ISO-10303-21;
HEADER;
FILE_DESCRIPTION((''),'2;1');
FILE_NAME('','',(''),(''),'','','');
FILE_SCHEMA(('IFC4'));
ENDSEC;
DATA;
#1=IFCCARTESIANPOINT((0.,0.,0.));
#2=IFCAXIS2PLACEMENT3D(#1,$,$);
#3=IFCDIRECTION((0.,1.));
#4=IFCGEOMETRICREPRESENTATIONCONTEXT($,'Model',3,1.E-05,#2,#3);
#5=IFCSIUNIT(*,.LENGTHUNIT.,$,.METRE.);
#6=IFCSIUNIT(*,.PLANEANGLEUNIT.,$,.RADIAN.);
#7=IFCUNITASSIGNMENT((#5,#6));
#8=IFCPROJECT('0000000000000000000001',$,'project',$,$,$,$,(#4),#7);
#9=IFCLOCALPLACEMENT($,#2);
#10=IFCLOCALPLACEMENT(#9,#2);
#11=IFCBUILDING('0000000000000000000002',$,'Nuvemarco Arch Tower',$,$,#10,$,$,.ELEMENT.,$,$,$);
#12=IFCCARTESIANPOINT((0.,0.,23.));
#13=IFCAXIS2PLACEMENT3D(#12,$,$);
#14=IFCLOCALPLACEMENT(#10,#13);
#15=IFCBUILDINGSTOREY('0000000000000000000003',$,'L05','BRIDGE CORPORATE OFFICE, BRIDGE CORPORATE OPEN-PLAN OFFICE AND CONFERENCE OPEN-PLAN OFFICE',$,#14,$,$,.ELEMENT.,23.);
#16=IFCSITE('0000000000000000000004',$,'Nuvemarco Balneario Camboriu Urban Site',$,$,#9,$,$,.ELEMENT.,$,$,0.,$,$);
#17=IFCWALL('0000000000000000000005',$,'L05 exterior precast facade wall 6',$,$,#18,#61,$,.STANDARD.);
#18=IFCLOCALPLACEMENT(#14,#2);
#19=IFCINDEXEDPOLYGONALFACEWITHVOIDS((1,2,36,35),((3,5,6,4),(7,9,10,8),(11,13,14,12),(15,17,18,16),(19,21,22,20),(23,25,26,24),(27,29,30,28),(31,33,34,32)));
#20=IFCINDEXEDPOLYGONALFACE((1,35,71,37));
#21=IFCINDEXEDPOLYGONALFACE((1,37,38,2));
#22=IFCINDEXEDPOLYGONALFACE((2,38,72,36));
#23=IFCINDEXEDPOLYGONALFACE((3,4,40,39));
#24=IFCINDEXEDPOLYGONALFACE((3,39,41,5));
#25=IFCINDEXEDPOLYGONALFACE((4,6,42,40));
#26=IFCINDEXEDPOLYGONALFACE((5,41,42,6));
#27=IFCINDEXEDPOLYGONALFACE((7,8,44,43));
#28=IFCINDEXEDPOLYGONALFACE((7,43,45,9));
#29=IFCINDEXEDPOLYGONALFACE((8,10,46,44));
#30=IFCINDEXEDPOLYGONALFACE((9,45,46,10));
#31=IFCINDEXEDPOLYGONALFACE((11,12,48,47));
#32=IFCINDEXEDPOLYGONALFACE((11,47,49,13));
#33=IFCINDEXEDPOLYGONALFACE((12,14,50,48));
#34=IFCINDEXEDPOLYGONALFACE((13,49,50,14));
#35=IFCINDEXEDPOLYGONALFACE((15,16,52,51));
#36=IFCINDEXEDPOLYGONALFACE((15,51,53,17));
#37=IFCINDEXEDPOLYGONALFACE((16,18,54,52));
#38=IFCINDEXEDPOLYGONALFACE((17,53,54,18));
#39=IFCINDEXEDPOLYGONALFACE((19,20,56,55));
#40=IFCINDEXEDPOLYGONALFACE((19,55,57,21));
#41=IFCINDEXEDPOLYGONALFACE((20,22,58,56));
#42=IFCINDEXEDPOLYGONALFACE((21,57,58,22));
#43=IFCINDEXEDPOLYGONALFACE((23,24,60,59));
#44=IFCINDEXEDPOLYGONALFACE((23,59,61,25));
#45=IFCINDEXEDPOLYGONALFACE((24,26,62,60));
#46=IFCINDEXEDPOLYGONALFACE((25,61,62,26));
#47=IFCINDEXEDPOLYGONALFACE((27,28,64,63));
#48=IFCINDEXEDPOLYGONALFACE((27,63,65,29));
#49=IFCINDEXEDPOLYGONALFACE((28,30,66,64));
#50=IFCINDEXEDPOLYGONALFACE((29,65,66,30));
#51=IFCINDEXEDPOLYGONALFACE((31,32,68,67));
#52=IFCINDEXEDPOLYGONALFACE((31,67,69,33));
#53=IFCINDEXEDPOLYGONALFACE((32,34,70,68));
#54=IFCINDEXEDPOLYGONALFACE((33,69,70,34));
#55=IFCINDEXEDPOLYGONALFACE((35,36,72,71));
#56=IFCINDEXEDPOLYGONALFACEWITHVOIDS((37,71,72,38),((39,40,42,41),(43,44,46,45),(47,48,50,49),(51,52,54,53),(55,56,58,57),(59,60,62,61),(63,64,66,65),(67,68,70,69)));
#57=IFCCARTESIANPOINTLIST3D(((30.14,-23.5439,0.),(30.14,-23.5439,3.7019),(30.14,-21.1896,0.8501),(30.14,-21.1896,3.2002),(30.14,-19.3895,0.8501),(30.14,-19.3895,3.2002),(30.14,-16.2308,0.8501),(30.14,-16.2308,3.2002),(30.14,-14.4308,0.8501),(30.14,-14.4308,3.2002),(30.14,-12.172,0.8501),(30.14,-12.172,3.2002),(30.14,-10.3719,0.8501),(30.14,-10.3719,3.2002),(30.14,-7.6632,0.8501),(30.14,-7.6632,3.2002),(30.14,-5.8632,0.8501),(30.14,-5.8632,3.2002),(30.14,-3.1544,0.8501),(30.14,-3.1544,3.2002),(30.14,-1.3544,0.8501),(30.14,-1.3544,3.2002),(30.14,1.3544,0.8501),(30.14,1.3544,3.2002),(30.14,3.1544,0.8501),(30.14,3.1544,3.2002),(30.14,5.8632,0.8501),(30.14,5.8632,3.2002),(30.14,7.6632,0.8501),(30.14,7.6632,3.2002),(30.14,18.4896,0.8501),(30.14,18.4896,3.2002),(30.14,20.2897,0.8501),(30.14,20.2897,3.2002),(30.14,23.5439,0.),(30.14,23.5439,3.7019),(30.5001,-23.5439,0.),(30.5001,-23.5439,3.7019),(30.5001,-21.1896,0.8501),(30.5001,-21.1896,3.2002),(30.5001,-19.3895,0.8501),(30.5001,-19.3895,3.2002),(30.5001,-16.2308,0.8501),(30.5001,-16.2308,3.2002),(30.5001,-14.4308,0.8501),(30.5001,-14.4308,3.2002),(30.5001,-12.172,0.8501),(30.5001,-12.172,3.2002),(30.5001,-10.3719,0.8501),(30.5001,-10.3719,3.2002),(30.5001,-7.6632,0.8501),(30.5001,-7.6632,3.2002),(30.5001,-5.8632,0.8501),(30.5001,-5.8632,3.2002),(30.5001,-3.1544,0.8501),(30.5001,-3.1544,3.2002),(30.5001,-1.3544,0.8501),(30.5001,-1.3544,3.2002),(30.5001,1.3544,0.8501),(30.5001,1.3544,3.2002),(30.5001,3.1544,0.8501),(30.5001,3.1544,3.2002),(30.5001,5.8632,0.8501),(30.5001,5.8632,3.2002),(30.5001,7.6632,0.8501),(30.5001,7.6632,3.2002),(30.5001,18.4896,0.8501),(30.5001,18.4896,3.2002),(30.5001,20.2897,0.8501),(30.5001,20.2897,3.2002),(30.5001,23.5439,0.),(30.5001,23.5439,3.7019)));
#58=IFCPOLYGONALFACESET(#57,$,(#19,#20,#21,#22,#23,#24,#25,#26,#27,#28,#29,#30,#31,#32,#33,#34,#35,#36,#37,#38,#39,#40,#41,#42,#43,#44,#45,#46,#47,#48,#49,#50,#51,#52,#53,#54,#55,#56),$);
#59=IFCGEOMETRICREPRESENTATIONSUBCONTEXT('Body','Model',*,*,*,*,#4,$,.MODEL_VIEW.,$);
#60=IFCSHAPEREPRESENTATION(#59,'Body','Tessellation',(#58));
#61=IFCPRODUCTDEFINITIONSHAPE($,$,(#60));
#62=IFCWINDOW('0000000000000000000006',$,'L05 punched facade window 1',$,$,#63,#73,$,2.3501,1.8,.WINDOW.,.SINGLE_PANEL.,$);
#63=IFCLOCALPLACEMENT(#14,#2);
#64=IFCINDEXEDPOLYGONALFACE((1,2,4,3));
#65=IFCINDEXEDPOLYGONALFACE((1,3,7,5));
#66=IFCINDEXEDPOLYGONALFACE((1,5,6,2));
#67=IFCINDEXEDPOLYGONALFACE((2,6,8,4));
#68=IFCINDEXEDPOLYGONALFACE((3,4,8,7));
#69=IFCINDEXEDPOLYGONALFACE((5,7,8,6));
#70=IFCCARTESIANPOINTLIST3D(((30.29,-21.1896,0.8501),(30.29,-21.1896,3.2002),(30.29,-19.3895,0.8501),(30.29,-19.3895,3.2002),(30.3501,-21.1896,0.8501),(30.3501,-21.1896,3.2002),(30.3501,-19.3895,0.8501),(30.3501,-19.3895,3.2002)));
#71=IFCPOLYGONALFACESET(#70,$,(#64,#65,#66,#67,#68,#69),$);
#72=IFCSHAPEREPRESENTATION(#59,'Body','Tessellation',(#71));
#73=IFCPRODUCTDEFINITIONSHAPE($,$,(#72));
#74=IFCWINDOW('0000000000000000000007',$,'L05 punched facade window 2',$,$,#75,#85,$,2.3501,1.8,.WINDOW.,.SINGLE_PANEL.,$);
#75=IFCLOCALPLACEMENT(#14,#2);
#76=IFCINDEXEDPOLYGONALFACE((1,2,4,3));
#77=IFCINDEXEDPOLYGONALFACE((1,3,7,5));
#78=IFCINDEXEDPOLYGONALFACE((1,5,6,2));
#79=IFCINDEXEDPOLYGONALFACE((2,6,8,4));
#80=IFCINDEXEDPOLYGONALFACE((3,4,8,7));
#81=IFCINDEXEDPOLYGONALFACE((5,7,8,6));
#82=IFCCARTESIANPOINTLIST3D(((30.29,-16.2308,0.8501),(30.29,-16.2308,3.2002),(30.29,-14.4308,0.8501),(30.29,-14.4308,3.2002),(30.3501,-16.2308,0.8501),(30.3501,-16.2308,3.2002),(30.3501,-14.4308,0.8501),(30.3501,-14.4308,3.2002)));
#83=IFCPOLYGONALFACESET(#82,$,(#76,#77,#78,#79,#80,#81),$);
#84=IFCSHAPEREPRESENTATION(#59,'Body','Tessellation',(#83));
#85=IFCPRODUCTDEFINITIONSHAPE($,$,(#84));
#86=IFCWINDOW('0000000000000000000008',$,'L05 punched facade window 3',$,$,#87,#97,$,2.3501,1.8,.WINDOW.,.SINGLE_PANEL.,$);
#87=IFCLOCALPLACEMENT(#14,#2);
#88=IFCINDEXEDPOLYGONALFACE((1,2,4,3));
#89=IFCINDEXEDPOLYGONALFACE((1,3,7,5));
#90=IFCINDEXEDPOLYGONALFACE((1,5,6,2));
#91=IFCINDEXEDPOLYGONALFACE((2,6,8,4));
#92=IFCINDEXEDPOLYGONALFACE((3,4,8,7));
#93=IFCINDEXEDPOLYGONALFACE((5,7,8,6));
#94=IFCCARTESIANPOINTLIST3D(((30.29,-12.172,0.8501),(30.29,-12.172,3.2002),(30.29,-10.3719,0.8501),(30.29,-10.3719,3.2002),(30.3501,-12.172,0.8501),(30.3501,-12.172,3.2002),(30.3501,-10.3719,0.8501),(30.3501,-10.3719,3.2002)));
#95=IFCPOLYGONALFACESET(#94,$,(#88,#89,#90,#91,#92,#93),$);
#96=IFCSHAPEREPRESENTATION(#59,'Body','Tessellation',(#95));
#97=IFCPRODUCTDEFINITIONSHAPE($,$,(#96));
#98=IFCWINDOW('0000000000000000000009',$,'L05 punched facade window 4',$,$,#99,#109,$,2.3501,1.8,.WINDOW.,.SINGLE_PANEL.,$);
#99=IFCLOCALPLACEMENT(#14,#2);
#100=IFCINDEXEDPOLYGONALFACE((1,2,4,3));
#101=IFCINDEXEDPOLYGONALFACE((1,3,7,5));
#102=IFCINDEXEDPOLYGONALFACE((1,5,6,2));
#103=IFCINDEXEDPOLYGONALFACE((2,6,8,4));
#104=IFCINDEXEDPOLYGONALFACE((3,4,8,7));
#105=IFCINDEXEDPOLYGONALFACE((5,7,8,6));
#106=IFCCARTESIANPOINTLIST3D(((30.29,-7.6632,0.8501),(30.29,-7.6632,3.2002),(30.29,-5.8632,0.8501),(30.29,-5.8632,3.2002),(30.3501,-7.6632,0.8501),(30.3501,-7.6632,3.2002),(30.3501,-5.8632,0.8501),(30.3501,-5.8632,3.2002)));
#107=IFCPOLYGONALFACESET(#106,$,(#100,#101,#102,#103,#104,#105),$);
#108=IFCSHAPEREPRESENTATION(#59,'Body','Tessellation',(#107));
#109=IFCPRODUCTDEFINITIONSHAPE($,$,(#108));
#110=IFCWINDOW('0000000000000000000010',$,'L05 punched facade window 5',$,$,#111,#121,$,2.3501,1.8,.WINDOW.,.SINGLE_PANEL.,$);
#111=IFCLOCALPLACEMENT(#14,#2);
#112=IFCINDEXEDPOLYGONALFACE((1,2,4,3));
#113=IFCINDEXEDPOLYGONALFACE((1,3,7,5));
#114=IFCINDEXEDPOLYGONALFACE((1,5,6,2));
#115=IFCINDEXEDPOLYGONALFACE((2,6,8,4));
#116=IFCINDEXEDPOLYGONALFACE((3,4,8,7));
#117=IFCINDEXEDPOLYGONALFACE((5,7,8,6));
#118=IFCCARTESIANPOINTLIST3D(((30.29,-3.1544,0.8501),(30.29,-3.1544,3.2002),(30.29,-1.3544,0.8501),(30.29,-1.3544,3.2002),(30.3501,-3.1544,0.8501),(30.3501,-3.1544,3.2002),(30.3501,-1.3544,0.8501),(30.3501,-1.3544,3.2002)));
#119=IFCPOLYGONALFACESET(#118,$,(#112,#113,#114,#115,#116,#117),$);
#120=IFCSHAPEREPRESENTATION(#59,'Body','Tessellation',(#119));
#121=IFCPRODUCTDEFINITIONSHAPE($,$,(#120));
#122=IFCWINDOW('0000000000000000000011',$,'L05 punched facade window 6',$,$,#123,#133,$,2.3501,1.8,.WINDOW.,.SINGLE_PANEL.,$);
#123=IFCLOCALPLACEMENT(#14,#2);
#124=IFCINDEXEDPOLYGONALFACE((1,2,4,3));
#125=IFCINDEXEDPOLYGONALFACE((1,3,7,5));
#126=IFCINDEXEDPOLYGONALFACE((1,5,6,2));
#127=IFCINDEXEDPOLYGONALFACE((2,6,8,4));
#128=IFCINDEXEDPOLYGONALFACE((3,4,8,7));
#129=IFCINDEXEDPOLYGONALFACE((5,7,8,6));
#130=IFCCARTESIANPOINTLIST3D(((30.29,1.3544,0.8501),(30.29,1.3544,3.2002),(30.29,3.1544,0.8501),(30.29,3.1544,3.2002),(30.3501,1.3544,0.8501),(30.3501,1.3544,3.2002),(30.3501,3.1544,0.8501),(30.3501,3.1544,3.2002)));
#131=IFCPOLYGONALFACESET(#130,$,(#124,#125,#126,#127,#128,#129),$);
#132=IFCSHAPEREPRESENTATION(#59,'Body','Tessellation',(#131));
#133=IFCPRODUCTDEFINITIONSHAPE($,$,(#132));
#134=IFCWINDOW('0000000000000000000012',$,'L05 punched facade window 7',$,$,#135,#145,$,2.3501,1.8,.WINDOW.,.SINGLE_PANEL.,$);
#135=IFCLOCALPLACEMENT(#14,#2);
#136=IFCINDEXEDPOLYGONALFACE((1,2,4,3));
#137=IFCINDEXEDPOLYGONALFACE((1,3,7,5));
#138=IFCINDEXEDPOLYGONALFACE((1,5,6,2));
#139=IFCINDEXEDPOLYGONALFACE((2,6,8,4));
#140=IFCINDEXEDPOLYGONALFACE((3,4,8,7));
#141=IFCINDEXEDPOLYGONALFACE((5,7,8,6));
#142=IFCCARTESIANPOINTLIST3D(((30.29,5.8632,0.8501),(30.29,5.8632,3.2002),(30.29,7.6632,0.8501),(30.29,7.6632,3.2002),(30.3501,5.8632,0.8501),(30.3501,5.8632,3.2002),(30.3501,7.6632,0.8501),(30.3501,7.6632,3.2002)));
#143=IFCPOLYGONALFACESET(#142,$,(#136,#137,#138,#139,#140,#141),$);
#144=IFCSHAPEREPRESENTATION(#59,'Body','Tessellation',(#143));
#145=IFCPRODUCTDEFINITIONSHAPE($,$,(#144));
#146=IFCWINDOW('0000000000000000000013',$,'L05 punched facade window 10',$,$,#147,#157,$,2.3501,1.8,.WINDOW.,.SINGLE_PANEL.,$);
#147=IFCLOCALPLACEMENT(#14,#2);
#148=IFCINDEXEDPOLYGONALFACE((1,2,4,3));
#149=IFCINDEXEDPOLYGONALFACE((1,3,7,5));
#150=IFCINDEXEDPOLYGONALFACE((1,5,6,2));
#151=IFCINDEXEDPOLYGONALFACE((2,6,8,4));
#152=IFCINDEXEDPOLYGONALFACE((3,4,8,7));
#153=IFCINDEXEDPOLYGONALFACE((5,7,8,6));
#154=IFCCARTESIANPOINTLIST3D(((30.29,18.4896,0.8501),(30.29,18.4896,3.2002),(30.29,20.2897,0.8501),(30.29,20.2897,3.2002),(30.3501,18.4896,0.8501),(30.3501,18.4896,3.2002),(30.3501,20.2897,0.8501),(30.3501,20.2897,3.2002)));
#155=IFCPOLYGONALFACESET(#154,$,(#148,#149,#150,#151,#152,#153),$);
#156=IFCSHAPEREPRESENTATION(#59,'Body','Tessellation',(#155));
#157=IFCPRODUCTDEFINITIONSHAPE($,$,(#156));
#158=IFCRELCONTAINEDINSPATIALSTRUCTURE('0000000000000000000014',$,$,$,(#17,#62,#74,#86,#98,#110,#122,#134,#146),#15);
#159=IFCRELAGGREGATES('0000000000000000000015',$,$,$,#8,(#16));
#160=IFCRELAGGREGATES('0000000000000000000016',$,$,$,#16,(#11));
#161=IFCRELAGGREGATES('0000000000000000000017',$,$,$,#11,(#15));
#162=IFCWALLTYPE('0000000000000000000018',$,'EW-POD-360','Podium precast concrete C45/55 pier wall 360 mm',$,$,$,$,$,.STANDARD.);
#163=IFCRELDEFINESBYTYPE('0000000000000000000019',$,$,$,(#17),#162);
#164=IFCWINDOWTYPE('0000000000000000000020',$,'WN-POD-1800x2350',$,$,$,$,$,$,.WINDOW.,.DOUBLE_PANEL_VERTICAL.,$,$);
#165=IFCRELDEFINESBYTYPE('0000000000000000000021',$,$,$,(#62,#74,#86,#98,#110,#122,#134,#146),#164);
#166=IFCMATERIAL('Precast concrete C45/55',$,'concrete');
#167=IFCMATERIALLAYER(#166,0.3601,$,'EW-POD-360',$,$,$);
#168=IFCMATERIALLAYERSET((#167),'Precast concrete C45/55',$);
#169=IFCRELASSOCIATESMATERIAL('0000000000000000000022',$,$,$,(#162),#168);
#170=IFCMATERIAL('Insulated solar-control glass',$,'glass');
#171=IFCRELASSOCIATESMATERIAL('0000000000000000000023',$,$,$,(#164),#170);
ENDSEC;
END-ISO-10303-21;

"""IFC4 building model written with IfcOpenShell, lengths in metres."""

from ifc_helpers import new_model, si_unit, direction, frame, frame_2d, origin, place, context, subcontext, project, spatial, rectangle, extrude, source, transform, mapped, material, layer, layer_set, type_object, type_shapes, element, fill, save


model = new_model("IFC4")

# Units and contexts
model_context = context("Model", 3, precision=1e-05, world=origin(), true_north=direction((0.0, 1.0)))
body_context = subcontext(model_context, "Body", "Model", "MODEL_VIEW")
ifc_project = project(units=[si_unit("LENGTHUNIT", "METRE"), si_unit("PLANEANGLEUNIT", "RADIAN")], contexts=[model_context])

# Site, building, storey
site_placement = place(None, origin())
site = spatial("IfcSite", under=ifc_project, at=site_placement, Name="Nuvemarco Balneario Camboriu Urban Site", CompositionType="ELEMENT", RefElevation=0.0)
building_placement = place(site_placement, origin())
building = spatial("IfcBuilding", under=site, at=building_placement, Name="Nuvemarco Arch Tower", CompositionType="ELEMENT")
storey_placement = place(building_placement, frame((0.0, 0.0, 23.0)))
storey = spatial("IfcBuildingStorey", under=building, at=storey_placement, Name="L05", Description="BRIDGE CORPORATE OFFICE, BRIDGE CORPORATE OPEN-PLAN OFFICE AND CONFERENCE OPEN-PLAN OFFICE", CompositionType="ELEMENT", Elevation=23.0)

# Shared definitions
ifc_material_1 = material(Name="Precast concrete C45/55", Category="concrete")

# Shared definitions
ifc_layer_1 = layer(ifc_material_1, 0.3601, Name="EW-POD-360")
ifc_layer_set_1 = layer_set([ifc_layer_1], Name="Precast concrete C45/55")
wall_type = type_object("IfcWallType", Name="EW-POD-360", Description="Podium precast concrete C45/55 pier wall 360 mm", PredefinedType="STANDARD", material=ifc_layer_set_1)

# Wall, openings, windows
wall_1_placement = place(storey_placement, frame((30.3201, -23.5439, 0.0), z_axis=(0.0, 0.0, 1.0), x_axis=(0.0, 1.0, 0.0)))
wall_1 = element("IfcWall", 1, at=wall_1_placement, inside=storey, type_object=wall_type, Name="L05 exterior precast facade wall 6", PredefinedType="STANDARD", context=body_context, shape_type="SweptSolid", body=[
    extrude(rectangle(XDim=47.0879, YDim=0.3601, at=frame_2d((23.5439, 0.0))), origin(), (0.0, 0.0, 1.0), 3.7019),
])
opening_1_placement = place(wall_1_placement, frame((2.3545, 0.0, 0.8501)))
opening_1 = element("IfcOpeningElement", 2, at=opening_1_placement, cuts=wall_1, PredefinedType="OPENING", context=body_context, shape_type="SweptSolid", body=[
    extrude(rectangle(XDim=1.8, YDim=2.3501, at=frame_2d((0.8999, 1.175))), frame((0.0, 0.1899, 0.0), z_axis=(0.0, -1.0, 0.0), x_axis=(1.0, 0.0, 0.0)), (0.0, 0.0, 1.0), 0.3801),
])
opening_2_placement = place(wall_1_placement, frame((7.3132, 0.0, 0.8501)))
opening_2 = element("IfcOpeningElement", 3, at=opening_2_placement, cuts=wall_1, PredefinedType="OPENING", context=body_context, shape_type="SweptSolid", body=[
    extrude(rectangle(XDim=1.8, YDim=2.3501, at=frame_2d((0.8999, 1.175))), frame((0.0, 0.1899, 0.0), z_axis=(0.0, -1.0, 0.0), x_axis=(1.0, 0.0, 0.0)), (0.0, 0.0, 1.0), 0.3801),
])
opening_3_placement = place(wall_1_placement, frame((11.3721, 0.0, 0.8501)))
opening_3 = element("IfcOpeningElement", 4, at=opening_3_placement, cuts=wall_1, PredefinedType="OPENING", context=body_context, shape_type="SweptSolid", body=[
    extrude(rectangle(XDim=1.8, YDim=2.3501, at=frame_2d((0.8999, 1.175))), frame((0.0, 0.1899, 0.0), z_axis=(0.0, -1.0, 0.0), x_axis=(1.0, 0.0, 0.0)), (0.0, 0.0, 1.0), 0.3801),
])
opening_4_placement = place(wall_1_placement, frame((15.8809, 0.0, 0.8501)))
opening_4 = element("IfcOpeningElement", 5, at=opening_4_placement, cuts=wall_1, PredefinedType="OPENING", context=body_context, shape_type="SweptSolid", body=[
    extrude(rectangle(XDim=1.8, YDim=2.3501, at=frame_2d((0.8999, 1.175))), frame((0.0, 0.1899, 0.0), z_axis=(0.0, -1.0, 0.0), x_axis=(1.0, 0.0, 0.0)), (0.0, 0.0, 1.0), 0.3801),
])
opening_5_placement = place(wall_1_placement, frame((20.3896, 0.0, 0.8501)))
opening_5 = element("IfcOpeningElement", 6, at=opening_5_placement, cuts=wall_1, PredefinedType="OPENING", context=body_context, shape_type="SweptSolid", body=[
    extrude(rectangle(XDim=1.8, YDim=2.3501, at=frame_2d((0.8999, 1.175))), frame((0.0, 0.1899, 0.0), z_axis=(0.0, -1.0, 0.0), x_axis=(1.0, 0.0, 0.0)), (0.0, 0.0, 1.0), 0.3801),
])
opening_6_placement = place(wall_1_placement, frame((24.8984, 0.0, 0.8501)))
opening_6 = element("IfcOpeningElement", 7, at=opening_6_placement, cuts=wall_1, PredefinedType="OPENING", context=body_context, shape_type="SweptSolid", body=[
    extrude(rectangle(XDim=1.8, YDim=2.3501, at=frame_2d((0.8999, 1.175))), frame((0.0, 0.1899, 0.0), z_axis=(0.0, -1.0, 0.0), x_axis=(1.0, 0.0, 0.0)), (0.0, 0.0, 1.0), 0.3801),
])
opening_7_placement = place(wall_1_placement, frame((29.4072, 0.0, 0.8501)))
opening_7 = element("IfcOpeningElement", 8, at=opening_7_placement, cuts=wall_1, PredefinedType="OPENING", context=body_context, shape_type="SweptSolid", body=[
    extrude(rectangle(XDim=1.8, YDim=2.3501, at=frame_2d((0.8999, 1.175))), frame((0.0, 0.1899, 0.0), z_axis=(0.0, -1.0, 0.0), x_axis=(1.0, 0.0, 0.0)), (0.0, 0.0, 1.0), 0.3801),
])
opening_8_placement = place(wall_1_placement, frame((42.0337, 0.0, 0.8501)))
opening_8 = element("IfcOpeningElement", 9, at=opening_8_placement, cuts=wall_1, PredefinedType="OPENING", context=body_context, shape_type="SweptSolid", body=[
    extrude(rectangle(XDim=1.8, YDim=2.3501, at=frame_2d((0.8999, 1.175))), frame((0.0, 0.1899, 0.0), z_axis=(0.0, -1.0, 0.0), x_axis=(1.0, 0.0, 0.0)), (0.0, 0.0, 1.0), 0.3801),
])
ifc_material_2 = material(Name="Insulated solar-control glass", Category="glass")
window_type = type_object("IfcWindowType", Name="WN-POD-1800x2350", PartitioningType="DOUBLE_PANEL_VERTICAL", PredefinedType="WINDOW", material=ifc_material_2)
shared_shape_1 = source(origin(), body_context, "Body", "SweptSolid", [
    extrude(rectangle(XDim=1.8, YDim=2.3501, at=frame_2d((0.8999, 1.175))), frame((0.0, 0.03, 0.0), z_axis=(0.0, -1.0, 0.0), x_axis=(1.0, 0.0, 0.0)), (0.0, 0.0, 1.0), 0.0601),
])
type_shapes(window_type, [shared_shape_1])
window_1_placement = place(opening_1_placement, origin())
window_1 = element("IfcWindow", 10, at=window_1_placement, inside=storey, type_object=window_type, Name="L05 punched facade window 1", OverallHeight=2.3501, OverallWidth=1.8, PartitioningType="SINGLE_PANEL", PredefinedType="WINDOW", context=body_context, shape_type="MappedRepresentation", body=[
    mapped(shared_shape_1, transform((0.0, 0.0, 0.0), scale=1.0)),
])
fill(opening_1, window_1)
window_2_placement = place(opening_2_placement, origin())
window_2 = element("IfcWindow", 11, at=window_2_placement, inside=storey, type_object=window_type, Name="L05 punched facade window 2", OverallHeight=2.3501, OverallWidth=1.8, PartitioningType="SINGLE_PANEL", PredefinedType="WINDOW", context=body_context, shape_type="MappedRepresentation", body=[
    mapped(shared_shape_1, transform((0.0, 0.0, 0.0), scale=1.0)),
])
fill(opening_2, window_2)
window_3_placement = place(opening_3_placement, origin())
window_3 = element("IfcWindow", 12, at=window_3_placement, inside=storey, type_object=window_type, Name="L05 punched facade window 3", OverallHeight=2.3501, OverallWidth=1.8, PartitioningType="SINGLE_PANEL", PredefinedType="WINDOW", context=body_context, shape_type="MappedRepresentation", body=[
    mapped(shared_shape_1, transform((0.0, 0.0, 0.0), scale=1.0)),
])
fill(opening_3, window_3)
window_4_placement = place(opening_4_placement, origin())
window_4 = element("IfcWindow", 13, at=window_4_placement, inside=storey, type_object=window_type, Name="L05 punched facade window 4", OverallHeight=2.3501, OverallWidth=1.8, PartitioningType="SINGLE_PANEL", PredefinedType="WINDOW", context=body_context, shape_type="MappedRepresentation", body=[
    mapped(shared_shape_1, transform((0.0, 0.0, 0.0), scale=1.0)),
])
fill(opening_4, window_4)
window_5_placement = place(opening_5_placement, origin())
window_5 = element("IfcWindow", 14, at=window_5_placement, inside=storey, type_object=window_type, Name="L05 punched facade window 5", OverallHeight=2.3501, OverallWidth=1.8, PartitioningType="SINGLE_PANEL", PredefinedType="WINDOW", context=body_context, shape_type="MappedRepresentation", body=[
    mapped(shared_shape_1, transform((0.0, 0.0, 0.0), scale=1.0)),
])
fill(opening_5, window_5)
window_6_placement = place(opening_6_placement, origin())
window_6 = element("IfcWindow", 15, at=window_6_placement, inside=storey, type_object=window_type, Name="L05 punched facade window 6", OverallHeight=2.3501, OverallWidth=1.8, PartitioningType="SINGLE_PANEL", PredefinedType="WINDOW", context=body_context, shape_type="MappedRepresentation", body=[
    mapped(shared_shape_1, transform((0.0, 0.0, 0.0), scale=1.0)),
])
fill(opening_6, window_6)
window_7_placement = place(opening_7_placement, origin())
window_7 = element("IfcWindow", 16, at=window_7_placement, inside=storey, type_object=window_type, Name="L05 punched facade window 7", OverallHeight=2.3501, OverallWidth=1.8, PartitioningType="SINGLE_PANEL", PredefinedType="WINDOW", context=body_context, shape_type="MappedRepresentation", body=[
    mapped(shared_shape_1, transform((0.0, 0.0, 0.0), scale=1.0)),
])
fill(opening_7, window_7)
window_8_placement = place(opening_8_placement, origin())
window_8 = element("IfcWindow", 17, at=window_8_placement, inside=storey, type_object=window_type, Name="L05 punched facade window 10", OverallHeight=2.3501, OverallWidth=1.8, PartitioningType="SINGLE_PANEL", PredefinedType="WINDOW", context=body_context, shape_type="MappedRepresentation", body=[
    mapped(shared_shape_1, transform((0.0, 0.0, 0.0), scale=1.0)),
])
fill(opening_8, window_8)

save(model, "model.ifc")
